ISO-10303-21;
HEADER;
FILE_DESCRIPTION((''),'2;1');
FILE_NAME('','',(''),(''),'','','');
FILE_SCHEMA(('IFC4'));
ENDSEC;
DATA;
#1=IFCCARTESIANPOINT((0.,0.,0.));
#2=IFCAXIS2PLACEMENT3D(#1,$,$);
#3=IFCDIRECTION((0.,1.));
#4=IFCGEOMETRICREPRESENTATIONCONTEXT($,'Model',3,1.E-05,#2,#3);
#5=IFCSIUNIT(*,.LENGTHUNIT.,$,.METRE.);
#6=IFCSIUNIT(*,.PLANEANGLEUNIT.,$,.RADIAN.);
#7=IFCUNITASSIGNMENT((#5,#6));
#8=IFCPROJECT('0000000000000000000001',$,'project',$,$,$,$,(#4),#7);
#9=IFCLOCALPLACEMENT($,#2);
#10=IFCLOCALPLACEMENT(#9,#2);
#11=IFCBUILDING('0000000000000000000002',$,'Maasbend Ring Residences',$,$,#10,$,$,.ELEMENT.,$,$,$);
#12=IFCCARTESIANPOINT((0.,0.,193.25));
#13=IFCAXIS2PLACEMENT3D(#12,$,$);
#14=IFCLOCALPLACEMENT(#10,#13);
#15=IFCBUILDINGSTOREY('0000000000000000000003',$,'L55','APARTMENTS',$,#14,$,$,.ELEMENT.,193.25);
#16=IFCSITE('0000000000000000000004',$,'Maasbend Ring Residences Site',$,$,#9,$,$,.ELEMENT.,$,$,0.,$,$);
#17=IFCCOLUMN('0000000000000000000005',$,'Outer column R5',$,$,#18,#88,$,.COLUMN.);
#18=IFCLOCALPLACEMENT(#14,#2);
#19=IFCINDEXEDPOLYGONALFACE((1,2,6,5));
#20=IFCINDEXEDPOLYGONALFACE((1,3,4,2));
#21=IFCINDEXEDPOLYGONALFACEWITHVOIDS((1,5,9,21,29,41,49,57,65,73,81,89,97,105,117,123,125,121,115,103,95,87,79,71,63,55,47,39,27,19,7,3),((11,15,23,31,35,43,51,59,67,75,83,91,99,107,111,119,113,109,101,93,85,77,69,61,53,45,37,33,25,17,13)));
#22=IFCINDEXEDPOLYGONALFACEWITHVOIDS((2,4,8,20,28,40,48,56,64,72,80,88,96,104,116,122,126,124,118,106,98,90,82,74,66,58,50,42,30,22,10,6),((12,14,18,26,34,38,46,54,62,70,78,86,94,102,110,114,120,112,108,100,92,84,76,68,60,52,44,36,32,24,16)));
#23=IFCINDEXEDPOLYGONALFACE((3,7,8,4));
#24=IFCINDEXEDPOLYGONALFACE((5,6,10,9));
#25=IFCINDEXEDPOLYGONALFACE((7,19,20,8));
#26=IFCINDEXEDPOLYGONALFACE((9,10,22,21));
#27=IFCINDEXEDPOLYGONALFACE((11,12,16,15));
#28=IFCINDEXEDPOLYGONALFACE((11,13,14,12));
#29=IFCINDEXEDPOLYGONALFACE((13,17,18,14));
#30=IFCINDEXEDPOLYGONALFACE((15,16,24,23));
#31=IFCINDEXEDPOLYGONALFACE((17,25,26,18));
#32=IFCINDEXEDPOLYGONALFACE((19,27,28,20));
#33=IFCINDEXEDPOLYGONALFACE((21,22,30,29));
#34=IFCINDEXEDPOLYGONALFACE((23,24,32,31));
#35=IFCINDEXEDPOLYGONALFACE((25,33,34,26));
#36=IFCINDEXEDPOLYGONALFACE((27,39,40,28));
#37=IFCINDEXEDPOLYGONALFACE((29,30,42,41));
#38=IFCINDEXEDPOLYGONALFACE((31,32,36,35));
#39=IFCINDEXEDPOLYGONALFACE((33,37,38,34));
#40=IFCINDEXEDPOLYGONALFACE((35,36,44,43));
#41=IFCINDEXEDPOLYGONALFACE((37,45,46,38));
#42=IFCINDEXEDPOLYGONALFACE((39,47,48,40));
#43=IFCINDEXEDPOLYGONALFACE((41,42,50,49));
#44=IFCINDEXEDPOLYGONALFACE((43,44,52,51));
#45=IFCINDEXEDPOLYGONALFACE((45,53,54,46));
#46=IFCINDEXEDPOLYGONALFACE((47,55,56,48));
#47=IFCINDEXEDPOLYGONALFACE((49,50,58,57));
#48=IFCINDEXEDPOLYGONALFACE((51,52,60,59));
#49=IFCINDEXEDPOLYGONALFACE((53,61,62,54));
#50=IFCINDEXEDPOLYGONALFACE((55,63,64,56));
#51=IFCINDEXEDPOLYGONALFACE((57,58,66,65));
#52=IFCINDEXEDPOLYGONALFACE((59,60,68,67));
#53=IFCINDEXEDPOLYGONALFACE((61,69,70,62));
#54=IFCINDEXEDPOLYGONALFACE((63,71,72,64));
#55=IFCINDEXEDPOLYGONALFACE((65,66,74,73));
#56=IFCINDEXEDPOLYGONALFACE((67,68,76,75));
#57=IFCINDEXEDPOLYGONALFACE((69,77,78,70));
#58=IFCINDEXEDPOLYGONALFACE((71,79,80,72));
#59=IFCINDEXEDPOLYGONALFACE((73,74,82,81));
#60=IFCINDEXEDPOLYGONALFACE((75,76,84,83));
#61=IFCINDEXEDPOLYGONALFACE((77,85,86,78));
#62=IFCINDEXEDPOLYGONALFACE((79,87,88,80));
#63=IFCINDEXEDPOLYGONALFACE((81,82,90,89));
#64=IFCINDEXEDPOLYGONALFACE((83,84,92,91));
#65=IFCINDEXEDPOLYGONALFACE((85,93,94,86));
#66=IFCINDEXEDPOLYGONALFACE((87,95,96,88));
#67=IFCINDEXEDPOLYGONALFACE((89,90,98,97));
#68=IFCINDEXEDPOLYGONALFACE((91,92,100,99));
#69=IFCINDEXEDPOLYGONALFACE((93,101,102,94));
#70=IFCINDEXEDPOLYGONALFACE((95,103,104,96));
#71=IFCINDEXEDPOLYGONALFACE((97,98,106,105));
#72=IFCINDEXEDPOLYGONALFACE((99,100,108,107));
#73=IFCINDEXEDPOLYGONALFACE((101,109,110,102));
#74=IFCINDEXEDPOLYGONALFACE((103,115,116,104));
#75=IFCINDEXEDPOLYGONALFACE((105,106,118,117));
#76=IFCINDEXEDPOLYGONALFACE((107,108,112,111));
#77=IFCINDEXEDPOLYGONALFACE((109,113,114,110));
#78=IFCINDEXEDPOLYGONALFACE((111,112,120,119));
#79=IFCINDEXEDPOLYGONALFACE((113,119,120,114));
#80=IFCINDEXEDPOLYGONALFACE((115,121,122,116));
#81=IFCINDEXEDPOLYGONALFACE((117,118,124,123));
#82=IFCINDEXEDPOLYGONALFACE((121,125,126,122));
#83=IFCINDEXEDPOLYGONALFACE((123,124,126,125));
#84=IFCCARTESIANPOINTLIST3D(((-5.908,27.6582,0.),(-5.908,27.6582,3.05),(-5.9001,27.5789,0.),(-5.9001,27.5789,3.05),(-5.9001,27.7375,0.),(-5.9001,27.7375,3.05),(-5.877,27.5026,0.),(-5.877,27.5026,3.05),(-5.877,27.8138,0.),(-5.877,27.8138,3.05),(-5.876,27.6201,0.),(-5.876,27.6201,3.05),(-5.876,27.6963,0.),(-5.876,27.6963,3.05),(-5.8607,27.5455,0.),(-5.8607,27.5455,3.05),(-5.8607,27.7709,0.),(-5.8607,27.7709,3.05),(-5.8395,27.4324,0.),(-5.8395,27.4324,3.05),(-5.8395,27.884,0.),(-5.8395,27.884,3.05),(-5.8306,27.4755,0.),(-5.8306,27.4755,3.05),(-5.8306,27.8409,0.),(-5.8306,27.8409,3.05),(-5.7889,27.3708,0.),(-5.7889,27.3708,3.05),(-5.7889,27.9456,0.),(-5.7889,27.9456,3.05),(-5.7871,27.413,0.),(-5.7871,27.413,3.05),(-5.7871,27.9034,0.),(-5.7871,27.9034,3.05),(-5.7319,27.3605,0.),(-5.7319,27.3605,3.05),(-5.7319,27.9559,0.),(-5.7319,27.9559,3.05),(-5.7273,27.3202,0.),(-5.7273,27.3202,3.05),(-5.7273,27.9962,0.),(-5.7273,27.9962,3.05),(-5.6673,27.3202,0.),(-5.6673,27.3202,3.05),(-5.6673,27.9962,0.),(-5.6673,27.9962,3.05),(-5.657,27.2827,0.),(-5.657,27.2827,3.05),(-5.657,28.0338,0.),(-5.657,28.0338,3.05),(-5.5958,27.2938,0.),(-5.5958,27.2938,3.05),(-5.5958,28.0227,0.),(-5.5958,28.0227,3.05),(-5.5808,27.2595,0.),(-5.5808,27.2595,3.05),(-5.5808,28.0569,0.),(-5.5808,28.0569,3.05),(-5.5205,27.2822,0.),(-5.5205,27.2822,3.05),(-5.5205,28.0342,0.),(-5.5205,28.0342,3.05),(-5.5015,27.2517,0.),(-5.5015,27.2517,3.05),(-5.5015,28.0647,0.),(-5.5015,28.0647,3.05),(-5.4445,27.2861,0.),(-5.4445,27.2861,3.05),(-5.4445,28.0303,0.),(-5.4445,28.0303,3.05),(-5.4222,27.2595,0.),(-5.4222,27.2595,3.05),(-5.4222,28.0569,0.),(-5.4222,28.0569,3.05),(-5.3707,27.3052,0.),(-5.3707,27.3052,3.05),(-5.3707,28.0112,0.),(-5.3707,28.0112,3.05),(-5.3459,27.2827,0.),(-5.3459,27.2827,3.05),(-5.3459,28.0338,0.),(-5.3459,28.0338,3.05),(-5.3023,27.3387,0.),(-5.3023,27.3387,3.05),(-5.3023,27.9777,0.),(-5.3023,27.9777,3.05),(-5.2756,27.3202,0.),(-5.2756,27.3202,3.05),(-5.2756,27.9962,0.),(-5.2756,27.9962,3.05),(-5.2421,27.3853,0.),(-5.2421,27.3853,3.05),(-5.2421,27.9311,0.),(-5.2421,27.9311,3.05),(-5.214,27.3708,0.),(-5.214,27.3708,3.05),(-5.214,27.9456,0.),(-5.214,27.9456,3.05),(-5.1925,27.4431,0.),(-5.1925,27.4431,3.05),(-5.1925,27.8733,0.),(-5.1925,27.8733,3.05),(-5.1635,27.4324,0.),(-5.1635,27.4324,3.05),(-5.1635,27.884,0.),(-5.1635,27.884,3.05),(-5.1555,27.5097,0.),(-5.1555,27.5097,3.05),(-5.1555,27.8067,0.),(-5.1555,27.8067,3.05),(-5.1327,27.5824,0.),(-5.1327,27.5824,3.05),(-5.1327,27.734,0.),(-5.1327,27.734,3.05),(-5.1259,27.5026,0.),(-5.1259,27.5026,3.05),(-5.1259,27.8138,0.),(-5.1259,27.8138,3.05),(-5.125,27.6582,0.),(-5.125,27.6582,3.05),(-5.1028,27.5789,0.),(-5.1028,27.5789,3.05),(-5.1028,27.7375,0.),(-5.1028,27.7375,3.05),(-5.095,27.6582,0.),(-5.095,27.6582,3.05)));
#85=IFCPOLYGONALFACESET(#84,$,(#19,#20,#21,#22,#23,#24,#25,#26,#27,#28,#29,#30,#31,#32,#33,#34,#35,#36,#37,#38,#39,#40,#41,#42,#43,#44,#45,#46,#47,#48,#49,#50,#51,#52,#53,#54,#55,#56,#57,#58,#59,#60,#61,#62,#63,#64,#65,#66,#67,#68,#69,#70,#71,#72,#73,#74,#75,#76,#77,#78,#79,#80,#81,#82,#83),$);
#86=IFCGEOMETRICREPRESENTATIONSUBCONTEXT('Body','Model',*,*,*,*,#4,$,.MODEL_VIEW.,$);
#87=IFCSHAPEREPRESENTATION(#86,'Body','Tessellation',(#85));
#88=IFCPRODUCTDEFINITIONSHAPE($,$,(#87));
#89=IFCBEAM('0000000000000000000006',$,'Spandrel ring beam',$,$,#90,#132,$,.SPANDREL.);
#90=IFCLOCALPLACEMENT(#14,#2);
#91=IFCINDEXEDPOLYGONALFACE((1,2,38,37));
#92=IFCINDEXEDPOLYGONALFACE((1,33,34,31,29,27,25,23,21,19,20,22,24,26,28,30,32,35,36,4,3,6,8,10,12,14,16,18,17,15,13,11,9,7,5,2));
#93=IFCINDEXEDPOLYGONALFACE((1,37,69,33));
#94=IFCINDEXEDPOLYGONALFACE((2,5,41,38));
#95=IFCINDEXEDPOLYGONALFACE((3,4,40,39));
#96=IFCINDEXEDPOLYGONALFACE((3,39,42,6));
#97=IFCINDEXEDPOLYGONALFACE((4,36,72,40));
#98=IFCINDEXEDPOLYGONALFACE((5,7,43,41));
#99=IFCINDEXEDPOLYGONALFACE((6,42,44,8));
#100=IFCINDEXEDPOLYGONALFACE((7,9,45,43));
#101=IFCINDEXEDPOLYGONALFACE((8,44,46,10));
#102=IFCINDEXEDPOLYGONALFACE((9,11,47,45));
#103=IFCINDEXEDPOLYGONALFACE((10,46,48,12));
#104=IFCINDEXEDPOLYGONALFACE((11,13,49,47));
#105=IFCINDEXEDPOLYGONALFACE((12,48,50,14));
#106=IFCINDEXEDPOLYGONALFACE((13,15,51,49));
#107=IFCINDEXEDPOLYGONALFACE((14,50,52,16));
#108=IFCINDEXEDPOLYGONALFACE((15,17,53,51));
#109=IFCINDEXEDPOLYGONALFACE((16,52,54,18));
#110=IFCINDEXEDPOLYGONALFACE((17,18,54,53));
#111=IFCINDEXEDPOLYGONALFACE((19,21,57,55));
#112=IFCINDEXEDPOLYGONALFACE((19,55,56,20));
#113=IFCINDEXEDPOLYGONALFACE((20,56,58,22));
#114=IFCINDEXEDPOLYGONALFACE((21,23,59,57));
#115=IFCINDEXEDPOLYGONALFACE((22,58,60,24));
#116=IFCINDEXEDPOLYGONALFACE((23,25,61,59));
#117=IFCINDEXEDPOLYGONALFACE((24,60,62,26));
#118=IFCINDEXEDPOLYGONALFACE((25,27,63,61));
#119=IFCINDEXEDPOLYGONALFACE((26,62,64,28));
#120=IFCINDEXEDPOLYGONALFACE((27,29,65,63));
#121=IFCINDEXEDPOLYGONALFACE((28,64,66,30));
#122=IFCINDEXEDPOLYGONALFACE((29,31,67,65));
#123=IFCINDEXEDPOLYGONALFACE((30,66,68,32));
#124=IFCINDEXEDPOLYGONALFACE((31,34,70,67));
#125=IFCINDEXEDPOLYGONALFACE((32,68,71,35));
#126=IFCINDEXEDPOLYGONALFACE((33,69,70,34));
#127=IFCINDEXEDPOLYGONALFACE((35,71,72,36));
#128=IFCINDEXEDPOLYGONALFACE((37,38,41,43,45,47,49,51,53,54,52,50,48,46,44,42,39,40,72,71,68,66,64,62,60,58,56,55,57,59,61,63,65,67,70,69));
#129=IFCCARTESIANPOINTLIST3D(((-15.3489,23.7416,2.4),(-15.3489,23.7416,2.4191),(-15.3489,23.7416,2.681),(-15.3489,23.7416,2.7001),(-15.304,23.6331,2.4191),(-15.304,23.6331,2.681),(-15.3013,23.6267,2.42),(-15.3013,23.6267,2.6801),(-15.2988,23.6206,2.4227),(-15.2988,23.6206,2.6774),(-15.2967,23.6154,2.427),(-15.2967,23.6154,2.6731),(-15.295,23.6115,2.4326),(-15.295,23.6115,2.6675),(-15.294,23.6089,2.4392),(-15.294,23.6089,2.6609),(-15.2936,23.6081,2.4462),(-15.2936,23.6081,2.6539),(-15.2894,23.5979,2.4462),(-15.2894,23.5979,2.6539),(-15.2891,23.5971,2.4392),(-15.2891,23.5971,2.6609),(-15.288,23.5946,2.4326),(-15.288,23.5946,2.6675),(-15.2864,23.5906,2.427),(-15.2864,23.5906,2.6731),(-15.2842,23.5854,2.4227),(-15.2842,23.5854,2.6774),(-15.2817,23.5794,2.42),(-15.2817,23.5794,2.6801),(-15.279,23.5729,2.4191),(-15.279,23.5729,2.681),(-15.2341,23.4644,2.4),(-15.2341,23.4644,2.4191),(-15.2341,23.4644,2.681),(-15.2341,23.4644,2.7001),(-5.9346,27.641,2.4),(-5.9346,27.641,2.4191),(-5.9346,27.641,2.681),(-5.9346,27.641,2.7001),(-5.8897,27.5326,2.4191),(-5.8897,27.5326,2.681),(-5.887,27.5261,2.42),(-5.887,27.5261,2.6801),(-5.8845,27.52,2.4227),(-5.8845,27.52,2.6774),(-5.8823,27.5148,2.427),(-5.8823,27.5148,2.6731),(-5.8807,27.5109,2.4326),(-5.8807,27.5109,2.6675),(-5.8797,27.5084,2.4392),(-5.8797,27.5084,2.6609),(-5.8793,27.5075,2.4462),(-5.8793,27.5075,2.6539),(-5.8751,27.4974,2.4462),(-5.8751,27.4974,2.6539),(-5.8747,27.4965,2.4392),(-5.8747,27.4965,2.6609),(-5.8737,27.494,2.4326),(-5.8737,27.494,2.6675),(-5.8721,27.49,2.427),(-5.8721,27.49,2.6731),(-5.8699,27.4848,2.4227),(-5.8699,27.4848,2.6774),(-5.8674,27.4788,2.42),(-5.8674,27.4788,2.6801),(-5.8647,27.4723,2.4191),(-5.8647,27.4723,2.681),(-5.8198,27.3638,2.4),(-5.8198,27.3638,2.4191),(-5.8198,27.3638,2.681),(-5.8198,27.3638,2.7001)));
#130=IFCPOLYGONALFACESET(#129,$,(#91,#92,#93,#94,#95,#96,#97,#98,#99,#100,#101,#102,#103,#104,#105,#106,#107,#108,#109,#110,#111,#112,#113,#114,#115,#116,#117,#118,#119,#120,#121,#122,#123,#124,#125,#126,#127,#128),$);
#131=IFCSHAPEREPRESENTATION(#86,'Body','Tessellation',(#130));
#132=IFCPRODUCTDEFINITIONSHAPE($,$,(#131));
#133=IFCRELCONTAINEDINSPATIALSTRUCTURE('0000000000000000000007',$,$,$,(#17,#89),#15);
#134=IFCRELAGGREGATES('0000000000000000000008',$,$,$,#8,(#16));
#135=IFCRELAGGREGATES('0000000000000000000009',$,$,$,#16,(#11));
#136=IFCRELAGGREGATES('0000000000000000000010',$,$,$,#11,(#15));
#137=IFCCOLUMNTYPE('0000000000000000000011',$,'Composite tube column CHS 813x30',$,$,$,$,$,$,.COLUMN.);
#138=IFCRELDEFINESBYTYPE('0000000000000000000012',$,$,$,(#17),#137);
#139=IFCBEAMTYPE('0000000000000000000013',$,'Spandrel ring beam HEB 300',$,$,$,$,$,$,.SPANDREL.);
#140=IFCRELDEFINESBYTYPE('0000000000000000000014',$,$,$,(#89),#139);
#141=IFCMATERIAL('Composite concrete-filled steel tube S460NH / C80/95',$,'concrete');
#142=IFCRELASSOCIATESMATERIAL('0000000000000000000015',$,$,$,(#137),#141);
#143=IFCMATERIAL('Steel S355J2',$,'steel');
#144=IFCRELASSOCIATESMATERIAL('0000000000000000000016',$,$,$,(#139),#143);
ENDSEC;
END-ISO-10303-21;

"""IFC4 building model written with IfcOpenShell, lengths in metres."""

from ifc_helpers import new_model, si_unit, direction, frame, origin, origin_2d, place, context, subcontext, project, spatial, hollow_circle, i_section, extrude, material, material_profile, profile_set, type_object, element, save


model = new_model("IFC4")

# Units and contexts
model_context = context("Model", 3, precision=1e-05, world=origin(), true_north=direction((0.0, 1.0)))
body_context = subcontext(model_context, "Body", "Model", "MODEL_VIEW")
ifc_project = project(units=[si_unit("LENGTHUNIT", "METRE"), si_unit("PLANEANGLEUNIT", "RADIAN")], contexts=[model_context])

# Site, building, storey
site_placement = place(None, origin())
site = spatial("IfcSite", under=ifc_project, at=site_placement, Name="Maasbend Ring Residences Site", CompositionType="ELEMENT", RefElevation=0.0)
building_placement = place(site_placement, origin())
building = spatial("IfcBuilding", under=site, at=building_placement, Name="Maasbend Ring Residences", CompositionType="ELEMENT")
storey_placement = place(building_placement, frame((0.0, 0.0, 193.25)))
storey = spatial("IfcBuildingStorey", under=building, at=storey_placement, Name="L55", Description="APARTMENTS", CompositionType="ELEMENT", Elevation=193.25)

# Column
ifc_material_1 = material(Name="Composite concrete-filled steel tube S460NH / C80/95", Category="concrete")
ifc_material_profile_1 = material_profile(ifc_material_1, hollow_circle(Radius=0.4065, WallThickness=0.03, at=origin_2d()), Name="Composite tube column CHS 813x30")
ifc_profile_set_1 = profile_set([ifc_material_profile_1], Name="Composite concrete-filled steel tube S460NH / C80/95")
column_type = type_object("IfcColumnType", Name="Composite tube column CHS 813x30", PredefinedType="COLUMN", material=ifc_profile_set_1)
column_placement = place(storey_placement, frame((-5.5015, 27.6582, 0.0), z_axis=(0.0, 0.0, 1.0), x_axis=(1.0, 0.0, 0.0)))
element("IfcColumn", 1, at=column_placement, inside=storey, type_object=column_type, Name="Outer column R5", PredefinedType="COLUMN", context=body_context, shape_type="SweptSolid", body=[
    extrude(hollow_circle(Radius=0.4065, WallThickness=0.03, at=origin_2d()), origin(), (0.0, 0.0, 1.0), 3.05),
])

# Beam
ifc_material_2 = material(Name="Steel S355J2", Category="steel")
ifc_material_profile_2 = material_profile(ifc_material_2, i_section(OverallWidth=0.3, OverallDepth=0.3, WebThickness=0.011, FlangeThickness=0.019, FilletRadius=0.0271, at=origin_2d()), Name="HEB 300")
ifc_profile_set_2 = profile_set([ifc_material_profile_2], Name="Steel S355J2")
beam_type = type_object("IfcBeamType", Name="Spandrel ring beam HEB 300", PredefinedType="SPANDREL", material=ifc_profile_set_2)
beam_placement = place(storey_placement, frame((-5.8772, 27.5024, 2.55), z_axis=(-0.923884, -0.382673, 0.0), x_axis=(0.382673, -0.923884, 0.0)))
element("IfcBeam", 2, at=beam_placement, inside=storey, type_object=beam_type, Name="Spandrel ring beam", PredefinedType="SPANDREL", context=body_context, shape_type="SweptSolid", body=[
    extrude(i_section(OverallWidth=0.3, OverallDepth=0.3, WebThickness=0.011, FlangeThickness=0.019, FilletRadius=0.0271, at=origin_2d()), origin(), (0.0, 0.0, 1.0), 10.1899),
])

save(model, "model.ifc")
